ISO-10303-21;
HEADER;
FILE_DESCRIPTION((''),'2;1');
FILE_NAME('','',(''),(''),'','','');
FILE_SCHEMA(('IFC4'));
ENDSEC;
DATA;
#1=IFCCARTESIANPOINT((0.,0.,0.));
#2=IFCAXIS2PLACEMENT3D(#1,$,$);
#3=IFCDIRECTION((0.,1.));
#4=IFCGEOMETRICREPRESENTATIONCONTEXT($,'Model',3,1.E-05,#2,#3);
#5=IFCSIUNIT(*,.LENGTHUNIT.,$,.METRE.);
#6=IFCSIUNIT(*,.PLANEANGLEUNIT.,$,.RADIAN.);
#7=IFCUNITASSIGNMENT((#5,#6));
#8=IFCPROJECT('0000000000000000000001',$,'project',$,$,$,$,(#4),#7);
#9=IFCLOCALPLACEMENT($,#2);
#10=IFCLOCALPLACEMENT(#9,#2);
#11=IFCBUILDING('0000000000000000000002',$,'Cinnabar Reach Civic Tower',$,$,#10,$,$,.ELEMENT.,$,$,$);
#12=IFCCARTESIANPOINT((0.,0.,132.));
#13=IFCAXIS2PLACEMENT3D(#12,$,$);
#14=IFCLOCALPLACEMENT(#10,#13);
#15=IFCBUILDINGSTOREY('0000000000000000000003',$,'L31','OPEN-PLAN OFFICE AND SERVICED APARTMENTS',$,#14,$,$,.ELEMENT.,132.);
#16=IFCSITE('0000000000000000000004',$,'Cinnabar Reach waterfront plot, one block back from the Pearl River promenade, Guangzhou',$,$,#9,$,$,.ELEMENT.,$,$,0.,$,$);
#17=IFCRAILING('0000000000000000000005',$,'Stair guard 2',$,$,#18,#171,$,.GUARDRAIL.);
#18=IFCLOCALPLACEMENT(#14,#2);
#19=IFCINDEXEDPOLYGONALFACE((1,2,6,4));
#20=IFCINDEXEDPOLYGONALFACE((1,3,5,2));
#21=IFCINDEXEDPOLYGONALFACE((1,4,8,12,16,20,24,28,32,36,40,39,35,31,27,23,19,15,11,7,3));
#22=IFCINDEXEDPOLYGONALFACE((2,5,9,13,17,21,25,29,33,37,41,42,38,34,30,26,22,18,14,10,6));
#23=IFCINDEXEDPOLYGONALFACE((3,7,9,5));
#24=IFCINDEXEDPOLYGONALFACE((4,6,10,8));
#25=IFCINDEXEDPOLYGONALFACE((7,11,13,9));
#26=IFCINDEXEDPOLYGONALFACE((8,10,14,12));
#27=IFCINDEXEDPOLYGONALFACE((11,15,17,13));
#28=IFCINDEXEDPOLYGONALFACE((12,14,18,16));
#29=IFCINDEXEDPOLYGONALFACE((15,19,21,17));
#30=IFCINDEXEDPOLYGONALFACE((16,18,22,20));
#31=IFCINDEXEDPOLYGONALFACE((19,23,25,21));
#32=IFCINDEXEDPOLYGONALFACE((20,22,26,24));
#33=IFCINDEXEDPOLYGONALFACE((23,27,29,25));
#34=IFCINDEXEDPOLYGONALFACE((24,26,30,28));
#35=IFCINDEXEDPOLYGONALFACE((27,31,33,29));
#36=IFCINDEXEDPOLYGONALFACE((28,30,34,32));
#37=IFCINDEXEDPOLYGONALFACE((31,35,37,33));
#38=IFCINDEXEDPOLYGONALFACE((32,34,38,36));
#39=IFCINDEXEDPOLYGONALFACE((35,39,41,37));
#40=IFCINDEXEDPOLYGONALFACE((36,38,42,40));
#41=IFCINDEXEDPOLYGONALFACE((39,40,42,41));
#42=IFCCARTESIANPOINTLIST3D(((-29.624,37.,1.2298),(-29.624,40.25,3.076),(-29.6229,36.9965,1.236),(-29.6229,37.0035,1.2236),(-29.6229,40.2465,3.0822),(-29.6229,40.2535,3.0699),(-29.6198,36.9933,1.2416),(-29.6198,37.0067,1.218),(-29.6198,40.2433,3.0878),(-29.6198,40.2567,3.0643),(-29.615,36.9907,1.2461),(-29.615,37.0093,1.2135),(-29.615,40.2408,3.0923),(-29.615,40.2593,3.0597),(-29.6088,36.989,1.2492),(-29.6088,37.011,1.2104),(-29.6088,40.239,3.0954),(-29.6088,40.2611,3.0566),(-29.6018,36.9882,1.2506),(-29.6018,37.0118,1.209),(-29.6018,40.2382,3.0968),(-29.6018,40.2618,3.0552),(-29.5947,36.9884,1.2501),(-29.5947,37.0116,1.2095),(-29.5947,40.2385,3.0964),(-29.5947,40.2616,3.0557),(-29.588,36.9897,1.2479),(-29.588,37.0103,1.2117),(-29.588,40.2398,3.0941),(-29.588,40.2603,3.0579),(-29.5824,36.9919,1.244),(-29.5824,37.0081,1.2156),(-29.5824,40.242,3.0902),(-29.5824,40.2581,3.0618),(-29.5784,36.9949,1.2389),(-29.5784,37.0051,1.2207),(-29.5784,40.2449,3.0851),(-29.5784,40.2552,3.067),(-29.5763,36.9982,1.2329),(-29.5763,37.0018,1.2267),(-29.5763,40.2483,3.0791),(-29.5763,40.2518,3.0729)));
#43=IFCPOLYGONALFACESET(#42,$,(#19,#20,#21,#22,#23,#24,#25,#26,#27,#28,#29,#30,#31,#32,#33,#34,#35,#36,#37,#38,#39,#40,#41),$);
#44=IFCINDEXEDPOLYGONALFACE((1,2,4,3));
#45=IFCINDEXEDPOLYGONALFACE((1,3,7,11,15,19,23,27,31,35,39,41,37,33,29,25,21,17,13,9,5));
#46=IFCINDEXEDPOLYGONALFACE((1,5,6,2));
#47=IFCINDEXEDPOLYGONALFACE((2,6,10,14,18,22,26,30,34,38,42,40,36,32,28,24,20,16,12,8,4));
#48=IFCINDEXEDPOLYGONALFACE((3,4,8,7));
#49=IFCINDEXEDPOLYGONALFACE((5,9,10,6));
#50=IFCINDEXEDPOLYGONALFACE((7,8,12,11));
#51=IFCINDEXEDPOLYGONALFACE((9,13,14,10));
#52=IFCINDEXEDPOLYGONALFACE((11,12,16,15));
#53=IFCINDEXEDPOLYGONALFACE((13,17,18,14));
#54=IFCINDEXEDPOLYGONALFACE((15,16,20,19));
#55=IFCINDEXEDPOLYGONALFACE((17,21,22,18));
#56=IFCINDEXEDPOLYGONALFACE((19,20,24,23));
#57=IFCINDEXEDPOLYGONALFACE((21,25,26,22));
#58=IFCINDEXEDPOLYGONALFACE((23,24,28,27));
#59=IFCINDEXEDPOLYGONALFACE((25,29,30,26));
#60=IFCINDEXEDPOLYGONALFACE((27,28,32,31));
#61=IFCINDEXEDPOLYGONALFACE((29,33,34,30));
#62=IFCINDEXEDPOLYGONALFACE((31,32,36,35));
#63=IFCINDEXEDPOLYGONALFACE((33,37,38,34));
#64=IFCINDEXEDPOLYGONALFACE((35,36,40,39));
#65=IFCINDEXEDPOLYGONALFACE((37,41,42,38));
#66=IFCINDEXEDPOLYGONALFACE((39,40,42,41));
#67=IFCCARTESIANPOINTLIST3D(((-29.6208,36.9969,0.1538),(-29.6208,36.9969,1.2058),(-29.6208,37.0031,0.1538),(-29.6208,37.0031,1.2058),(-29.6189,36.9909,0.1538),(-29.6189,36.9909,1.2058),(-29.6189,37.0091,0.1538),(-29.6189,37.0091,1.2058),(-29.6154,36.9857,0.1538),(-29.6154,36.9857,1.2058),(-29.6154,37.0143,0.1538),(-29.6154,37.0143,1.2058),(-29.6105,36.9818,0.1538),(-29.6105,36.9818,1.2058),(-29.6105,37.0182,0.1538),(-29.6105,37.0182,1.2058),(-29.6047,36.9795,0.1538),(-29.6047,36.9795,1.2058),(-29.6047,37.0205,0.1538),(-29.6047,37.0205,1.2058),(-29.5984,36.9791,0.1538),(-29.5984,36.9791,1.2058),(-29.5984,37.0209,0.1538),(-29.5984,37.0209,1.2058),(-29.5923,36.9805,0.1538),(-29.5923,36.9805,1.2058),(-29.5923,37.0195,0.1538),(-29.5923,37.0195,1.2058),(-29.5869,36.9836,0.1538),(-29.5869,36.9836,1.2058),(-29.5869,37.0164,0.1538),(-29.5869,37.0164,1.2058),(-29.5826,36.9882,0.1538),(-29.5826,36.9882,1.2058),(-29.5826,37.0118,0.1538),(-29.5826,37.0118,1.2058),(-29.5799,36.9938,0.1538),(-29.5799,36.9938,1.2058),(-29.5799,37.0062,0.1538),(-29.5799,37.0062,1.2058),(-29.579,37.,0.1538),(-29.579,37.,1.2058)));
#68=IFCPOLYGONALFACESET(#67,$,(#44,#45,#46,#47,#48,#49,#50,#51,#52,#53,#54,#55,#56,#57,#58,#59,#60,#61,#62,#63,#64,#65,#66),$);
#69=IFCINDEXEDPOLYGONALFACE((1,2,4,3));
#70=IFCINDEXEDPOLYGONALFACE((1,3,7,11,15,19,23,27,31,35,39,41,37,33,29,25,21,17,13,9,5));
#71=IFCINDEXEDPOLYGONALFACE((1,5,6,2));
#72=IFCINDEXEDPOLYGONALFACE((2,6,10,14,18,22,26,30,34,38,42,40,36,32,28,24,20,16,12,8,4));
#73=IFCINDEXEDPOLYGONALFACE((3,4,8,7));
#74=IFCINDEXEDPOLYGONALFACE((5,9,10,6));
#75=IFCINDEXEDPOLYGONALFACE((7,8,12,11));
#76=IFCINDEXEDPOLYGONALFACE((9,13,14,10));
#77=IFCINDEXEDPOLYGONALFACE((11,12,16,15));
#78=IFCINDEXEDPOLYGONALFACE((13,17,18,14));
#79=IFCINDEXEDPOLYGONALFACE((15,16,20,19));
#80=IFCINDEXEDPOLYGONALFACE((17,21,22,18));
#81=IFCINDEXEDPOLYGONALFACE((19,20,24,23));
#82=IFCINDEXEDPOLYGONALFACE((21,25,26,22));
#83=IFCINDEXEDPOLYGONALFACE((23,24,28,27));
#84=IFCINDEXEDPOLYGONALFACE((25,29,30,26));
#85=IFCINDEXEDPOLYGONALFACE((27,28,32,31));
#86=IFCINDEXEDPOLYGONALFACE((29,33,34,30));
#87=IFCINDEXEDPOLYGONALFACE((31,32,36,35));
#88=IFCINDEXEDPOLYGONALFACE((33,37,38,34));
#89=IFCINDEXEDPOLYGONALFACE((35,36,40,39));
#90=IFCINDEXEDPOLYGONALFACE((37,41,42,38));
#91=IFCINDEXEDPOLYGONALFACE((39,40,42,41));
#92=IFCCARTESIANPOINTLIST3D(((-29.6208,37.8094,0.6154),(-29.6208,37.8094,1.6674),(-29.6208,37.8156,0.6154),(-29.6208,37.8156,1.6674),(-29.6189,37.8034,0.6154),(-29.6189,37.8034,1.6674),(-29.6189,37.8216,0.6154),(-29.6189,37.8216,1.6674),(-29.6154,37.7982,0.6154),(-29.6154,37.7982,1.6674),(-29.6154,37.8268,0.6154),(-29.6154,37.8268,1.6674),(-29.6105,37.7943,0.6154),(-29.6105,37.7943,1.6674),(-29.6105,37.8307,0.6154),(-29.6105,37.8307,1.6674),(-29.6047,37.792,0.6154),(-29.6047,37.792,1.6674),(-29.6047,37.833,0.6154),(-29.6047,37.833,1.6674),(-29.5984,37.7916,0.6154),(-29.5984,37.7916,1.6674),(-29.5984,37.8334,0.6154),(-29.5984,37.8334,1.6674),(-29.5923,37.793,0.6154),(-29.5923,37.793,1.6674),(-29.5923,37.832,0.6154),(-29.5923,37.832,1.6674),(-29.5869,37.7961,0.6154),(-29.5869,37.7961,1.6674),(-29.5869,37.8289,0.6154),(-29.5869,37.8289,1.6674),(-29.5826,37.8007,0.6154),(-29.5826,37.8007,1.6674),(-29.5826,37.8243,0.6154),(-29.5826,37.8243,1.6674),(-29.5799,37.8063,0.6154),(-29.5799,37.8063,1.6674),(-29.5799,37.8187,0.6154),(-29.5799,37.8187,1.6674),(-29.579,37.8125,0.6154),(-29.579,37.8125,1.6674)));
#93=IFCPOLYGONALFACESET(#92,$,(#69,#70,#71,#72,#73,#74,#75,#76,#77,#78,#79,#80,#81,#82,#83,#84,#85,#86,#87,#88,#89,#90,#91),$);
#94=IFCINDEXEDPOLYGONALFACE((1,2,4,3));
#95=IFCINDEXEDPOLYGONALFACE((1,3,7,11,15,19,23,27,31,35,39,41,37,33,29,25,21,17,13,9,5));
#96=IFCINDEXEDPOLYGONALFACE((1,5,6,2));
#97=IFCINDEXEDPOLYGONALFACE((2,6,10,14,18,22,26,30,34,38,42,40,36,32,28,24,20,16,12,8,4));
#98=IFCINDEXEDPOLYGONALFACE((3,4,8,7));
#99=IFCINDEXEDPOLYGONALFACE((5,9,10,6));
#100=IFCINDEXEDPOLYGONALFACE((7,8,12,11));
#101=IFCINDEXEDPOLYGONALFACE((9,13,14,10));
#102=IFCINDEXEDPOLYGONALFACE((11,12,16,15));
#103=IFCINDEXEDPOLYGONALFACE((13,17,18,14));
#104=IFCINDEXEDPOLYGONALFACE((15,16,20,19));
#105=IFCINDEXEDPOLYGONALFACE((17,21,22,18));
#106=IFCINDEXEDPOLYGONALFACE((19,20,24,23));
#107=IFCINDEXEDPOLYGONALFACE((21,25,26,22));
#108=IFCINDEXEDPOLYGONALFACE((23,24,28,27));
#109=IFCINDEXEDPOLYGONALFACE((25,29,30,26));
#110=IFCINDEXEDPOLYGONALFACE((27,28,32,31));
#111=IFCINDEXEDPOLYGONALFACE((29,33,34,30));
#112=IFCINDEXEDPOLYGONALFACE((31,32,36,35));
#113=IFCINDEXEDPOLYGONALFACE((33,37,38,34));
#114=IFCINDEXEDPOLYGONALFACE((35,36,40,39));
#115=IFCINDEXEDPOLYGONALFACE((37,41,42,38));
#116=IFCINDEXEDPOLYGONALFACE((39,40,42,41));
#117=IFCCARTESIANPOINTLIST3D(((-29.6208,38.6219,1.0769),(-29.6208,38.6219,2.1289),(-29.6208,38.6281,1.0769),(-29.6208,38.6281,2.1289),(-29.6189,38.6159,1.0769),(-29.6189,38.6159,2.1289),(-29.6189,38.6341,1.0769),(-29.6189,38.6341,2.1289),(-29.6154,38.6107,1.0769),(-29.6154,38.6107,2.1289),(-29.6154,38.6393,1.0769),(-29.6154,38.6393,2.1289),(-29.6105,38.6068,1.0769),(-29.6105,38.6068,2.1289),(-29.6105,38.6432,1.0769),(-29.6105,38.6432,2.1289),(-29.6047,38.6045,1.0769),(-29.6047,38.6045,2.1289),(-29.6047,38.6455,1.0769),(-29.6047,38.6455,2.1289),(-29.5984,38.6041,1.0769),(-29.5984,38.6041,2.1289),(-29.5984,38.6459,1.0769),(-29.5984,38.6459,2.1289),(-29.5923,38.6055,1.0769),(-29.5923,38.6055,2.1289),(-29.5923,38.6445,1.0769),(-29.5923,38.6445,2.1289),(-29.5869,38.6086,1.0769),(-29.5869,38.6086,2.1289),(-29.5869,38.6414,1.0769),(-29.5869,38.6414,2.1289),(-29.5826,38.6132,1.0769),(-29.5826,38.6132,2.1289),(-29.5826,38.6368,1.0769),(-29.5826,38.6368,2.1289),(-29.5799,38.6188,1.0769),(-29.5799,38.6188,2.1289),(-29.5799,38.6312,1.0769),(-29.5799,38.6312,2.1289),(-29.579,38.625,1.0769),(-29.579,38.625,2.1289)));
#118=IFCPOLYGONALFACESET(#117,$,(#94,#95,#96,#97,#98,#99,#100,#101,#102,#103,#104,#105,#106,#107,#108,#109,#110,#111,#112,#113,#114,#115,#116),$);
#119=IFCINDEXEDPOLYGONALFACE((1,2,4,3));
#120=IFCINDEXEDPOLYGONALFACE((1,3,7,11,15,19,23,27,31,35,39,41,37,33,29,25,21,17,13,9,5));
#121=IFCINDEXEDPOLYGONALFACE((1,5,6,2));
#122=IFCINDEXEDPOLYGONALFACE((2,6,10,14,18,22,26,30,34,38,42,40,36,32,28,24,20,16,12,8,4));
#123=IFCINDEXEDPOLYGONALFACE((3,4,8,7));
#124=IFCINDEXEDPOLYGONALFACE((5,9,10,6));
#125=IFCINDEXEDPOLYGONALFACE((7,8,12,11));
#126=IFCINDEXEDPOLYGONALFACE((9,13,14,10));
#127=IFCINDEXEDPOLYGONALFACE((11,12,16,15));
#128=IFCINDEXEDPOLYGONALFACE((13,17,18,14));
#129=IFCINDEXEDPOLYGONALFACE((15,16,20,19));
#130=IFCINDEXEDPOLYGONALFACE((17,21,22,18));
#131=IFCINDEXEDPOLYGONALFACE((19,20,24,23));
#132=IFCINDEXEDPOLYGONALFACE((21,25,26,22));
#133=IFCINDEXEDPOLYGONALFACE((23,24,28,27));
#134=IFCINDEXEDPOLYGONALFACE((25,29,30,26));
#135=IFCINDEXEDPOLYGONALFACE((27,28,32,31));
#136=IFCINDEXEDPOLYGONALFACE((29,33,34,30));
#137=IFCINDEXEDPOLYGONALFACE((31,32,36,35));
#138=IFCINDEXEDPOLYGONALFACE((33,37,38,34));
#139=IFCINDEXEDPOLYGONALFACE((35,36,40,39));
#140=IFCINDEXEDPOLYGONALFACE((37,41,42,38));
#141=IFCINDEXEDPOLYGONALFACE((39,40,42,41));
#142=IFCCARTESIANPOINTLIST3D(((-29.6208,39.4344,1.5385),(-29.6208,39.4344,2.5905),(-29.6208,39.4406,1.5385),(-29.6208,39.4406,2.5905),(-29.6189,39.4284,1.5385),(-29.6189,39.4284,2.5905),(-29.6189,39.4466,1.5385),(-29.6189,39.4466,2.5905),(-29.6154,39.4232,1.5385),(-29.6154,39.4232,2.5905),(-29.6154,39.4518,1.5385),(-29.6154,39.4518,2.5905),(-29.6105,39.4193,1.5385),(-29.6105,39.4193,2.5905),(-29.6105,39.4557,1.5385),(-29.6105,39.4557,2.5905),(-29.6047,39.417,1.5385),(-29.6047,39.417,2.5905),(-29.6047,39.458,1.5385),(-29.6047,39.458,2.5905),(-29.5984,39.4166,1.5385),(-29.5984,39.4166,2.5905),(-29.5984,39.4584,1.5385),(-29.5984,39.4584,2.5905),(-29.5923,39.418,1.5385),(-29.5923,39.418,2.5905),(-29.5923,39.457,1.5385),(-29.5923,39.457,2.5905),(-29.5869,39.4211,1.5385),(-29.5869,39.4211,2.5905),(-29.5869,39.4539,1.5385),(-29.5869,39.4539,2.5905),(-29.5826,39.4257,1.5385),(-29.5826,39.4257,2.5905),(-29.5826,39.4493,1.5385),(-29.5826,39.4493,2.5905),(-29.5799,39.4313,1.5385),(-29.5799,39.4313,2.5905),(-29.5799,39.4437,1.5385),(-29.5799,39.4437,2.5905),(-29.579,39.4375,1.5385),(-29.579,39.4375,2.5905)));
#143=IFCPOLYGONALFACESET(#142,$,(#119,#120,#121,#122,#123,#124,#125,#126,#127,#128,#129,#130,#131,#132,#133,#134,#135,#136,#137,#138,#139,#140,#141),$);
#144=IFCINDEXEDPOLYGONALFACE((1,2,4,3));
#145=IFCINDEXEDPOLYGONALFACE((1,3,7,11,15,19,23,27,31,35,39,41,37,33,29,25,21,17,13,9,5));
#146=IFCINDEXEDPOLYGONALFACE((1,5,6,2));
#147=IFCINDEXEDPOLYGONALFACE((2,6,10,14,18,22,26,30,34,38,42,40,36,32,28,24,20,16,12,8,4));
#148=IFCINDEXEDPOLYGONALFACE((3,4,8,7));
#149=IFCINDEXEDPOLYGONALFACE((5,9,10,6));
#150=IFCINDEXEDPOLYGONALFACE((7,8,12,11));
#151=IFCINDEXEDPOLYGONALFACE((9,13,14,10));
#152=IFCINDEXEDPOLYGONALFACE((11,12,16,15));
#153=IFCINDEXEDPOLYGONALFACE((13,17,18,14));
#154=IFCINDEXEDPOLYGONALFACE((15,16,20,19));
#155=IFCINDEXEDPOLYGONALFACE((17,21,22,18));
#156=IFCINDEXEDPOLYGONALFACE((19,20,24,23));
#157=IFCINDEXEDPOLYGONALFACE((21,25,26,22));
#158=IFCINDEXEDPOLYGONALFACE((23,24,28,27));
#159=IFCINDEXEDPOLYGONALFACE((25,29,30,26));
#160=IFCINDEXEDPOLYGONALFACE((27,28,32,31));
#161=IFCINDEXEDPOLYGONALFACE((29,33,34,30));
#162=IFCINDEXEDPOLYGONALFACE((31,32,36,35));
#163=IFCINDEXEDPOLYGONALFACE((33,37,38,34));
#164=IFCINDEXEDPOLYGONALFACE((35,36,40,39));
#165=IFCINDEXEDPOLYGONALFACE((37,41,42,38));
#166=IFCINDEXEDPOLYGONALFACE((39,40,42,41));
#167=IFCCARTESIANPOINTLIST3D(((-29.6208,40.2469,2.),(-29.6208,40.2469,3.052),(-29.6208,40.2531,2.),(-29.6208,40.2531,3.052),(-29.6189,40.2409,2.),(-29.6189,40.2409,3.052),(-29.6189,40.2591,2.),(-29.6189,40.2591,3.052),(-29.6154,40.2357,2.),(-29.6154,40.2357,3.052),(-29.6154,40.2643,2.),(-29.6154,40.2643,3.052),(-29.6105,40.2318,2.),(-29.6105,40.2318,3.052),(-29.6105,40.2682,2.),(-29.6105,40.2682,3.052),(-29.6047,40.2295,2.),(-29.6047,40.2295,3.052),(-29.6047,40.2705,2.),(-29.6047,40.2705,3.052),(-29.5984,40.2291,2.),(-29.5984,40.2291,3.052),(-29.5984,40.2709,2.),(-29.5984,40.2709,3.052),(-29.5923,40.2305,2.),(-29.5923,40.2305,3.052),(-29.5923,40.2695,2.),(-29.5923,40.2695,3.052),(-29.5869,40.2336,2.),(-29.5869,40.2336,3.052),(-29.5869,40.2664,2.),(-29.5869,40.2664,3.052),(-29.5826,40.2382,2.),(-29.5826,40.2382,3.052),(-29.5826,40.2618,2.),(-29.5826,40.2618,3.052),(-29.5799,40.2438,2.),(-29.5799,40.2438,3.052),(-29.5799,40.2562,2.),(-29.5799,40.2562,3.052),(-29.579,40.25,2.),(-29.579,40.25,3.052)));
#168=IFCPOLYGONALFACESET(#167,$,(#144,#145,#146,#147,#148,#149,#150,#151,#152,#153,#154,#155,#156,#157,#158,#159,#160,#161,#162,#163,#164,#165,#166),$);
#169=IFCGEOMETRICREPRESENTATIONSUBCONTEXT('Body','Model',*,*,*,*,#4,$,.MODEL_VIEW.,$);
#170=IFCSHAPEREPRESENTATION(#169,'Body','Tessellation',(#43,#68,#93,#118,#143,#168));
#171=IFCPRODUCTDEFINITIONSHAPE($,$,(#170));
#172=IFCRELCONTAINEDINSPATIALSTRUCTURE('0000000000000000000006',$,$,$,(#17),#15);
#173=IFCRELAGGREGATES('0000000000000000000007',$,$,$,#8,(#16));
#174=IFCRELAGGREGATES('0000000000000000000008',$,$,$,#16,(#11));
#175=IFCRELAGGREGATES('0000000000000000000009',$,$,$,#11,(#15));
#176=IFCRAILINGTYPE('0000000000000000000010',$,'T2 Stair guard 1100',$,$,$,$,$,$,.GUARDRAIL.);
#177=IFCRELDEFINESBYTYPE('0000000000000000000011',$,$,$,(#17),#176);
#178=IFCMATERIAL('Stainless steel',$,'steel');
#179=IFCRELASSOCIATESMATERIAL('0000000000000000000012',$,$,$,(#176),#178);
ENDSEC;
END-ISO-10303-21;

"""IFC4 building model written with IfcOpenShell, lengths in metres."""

from ifc_helpers import new_model, si_unit, direction, frame, origin, origin_2d, place, context, subcontext, project, spatial, circle, extrude, material, type_object, element, save


model = new_model("IFC4")

# Units and contexts
model_context = context("Model", 3, precision=1e-05, world=origin(), true_north=direction((0.0, 1.0)))
body_context = subcontext(model_context, "Body", "Model", "MODEL_VIEW")
ifc_project = project(units=[si_unit("LENGTHUNIT", "METRE"), si_unit("PLANEANGLEUNIT", "RADIAN")], contexts=[model_context])

# Site, building, storey
site_placement = place(None, origin())
site = spatial("IfcSite", under=ifc_project, at=site_placement, Name="Cinnabar Reach waterfront plot, one block back from the Pearl River promenade, Guangzhou", CompositionType="ELEMENT", RefElevation=0.0)
building_placement = place(site_placement, origin())
building = spatial("IfcBuilding", under=site, at=building_placement, Name="Cinnabar Reach Civic Tower", CompositionType="ELEMENT")
storey_placement = place(building_placement, frame((0.0, 0.0, 132.0)))
storey = spatial("IfcBuildingStorey", under=building, at=storey_placement, Name="L31", Description="OPEN-PLAN OFFICE AND SERVICED APARTMENTS", CompositionType="ELEMENT", Elevation=132.0)

# Railing
ifc_material_1 = material(Name="Stainless steel", Category="steel")
railing_type = type_object("IfcRailingType", Name="T2 Stair guard 1100", PredefinedType="GUARDRAIL", material=ifc_material_1)
railing_1_placement = place(storey_placement, frame((-29.6, 37.0, 0.1538)))
element("IfcRailing", 1, at=railing_1_placement, inside=storey, type_object=railing_type, Name="Stair guard 2", PredefinedType="GUARDRAIL", context=body_context, shape_type="SweptSolid", body=[
    extrude(circle(Radius=0.024, at=origin_2d()), frame((0.0, 0.0, 1.076), z_axis=(0.0, 0.869501, 0.49393), x_axis=(-1.0, 0.0, 0.0)), (0.0, 0.0, 1.0), 3.7378),
    extrude(circle(Radius=0.021, at=origin_2d()), origin(), (0.0, 0.0, 1.0), 1.052),
    extrude(circle(Radius=0.021, at=origin_2d()), frame((0.0, 0.8125, 0.4616)), (0.0, 0.0, 1.0), 1.052),
    extrude(circle(Radius=0.021, at=origin_2d()), frame((0.0, 1.625, 0.9231)), (0.0, 0.0, 1.0), 1.052),
    extrude(circle(Radius=0.021, at=origin_2d()), frame((0.0, 2.4375, 1.3847)), (0.0, 0.0, 1.0), 1.052),
    extrude(circle(Radius=0.021, at=origin_2d()), frame((0.0, 3.25, 1.8462)), (0.0, 0.0, 1.0), 1.052),
])

save(model, "model.ifc")
